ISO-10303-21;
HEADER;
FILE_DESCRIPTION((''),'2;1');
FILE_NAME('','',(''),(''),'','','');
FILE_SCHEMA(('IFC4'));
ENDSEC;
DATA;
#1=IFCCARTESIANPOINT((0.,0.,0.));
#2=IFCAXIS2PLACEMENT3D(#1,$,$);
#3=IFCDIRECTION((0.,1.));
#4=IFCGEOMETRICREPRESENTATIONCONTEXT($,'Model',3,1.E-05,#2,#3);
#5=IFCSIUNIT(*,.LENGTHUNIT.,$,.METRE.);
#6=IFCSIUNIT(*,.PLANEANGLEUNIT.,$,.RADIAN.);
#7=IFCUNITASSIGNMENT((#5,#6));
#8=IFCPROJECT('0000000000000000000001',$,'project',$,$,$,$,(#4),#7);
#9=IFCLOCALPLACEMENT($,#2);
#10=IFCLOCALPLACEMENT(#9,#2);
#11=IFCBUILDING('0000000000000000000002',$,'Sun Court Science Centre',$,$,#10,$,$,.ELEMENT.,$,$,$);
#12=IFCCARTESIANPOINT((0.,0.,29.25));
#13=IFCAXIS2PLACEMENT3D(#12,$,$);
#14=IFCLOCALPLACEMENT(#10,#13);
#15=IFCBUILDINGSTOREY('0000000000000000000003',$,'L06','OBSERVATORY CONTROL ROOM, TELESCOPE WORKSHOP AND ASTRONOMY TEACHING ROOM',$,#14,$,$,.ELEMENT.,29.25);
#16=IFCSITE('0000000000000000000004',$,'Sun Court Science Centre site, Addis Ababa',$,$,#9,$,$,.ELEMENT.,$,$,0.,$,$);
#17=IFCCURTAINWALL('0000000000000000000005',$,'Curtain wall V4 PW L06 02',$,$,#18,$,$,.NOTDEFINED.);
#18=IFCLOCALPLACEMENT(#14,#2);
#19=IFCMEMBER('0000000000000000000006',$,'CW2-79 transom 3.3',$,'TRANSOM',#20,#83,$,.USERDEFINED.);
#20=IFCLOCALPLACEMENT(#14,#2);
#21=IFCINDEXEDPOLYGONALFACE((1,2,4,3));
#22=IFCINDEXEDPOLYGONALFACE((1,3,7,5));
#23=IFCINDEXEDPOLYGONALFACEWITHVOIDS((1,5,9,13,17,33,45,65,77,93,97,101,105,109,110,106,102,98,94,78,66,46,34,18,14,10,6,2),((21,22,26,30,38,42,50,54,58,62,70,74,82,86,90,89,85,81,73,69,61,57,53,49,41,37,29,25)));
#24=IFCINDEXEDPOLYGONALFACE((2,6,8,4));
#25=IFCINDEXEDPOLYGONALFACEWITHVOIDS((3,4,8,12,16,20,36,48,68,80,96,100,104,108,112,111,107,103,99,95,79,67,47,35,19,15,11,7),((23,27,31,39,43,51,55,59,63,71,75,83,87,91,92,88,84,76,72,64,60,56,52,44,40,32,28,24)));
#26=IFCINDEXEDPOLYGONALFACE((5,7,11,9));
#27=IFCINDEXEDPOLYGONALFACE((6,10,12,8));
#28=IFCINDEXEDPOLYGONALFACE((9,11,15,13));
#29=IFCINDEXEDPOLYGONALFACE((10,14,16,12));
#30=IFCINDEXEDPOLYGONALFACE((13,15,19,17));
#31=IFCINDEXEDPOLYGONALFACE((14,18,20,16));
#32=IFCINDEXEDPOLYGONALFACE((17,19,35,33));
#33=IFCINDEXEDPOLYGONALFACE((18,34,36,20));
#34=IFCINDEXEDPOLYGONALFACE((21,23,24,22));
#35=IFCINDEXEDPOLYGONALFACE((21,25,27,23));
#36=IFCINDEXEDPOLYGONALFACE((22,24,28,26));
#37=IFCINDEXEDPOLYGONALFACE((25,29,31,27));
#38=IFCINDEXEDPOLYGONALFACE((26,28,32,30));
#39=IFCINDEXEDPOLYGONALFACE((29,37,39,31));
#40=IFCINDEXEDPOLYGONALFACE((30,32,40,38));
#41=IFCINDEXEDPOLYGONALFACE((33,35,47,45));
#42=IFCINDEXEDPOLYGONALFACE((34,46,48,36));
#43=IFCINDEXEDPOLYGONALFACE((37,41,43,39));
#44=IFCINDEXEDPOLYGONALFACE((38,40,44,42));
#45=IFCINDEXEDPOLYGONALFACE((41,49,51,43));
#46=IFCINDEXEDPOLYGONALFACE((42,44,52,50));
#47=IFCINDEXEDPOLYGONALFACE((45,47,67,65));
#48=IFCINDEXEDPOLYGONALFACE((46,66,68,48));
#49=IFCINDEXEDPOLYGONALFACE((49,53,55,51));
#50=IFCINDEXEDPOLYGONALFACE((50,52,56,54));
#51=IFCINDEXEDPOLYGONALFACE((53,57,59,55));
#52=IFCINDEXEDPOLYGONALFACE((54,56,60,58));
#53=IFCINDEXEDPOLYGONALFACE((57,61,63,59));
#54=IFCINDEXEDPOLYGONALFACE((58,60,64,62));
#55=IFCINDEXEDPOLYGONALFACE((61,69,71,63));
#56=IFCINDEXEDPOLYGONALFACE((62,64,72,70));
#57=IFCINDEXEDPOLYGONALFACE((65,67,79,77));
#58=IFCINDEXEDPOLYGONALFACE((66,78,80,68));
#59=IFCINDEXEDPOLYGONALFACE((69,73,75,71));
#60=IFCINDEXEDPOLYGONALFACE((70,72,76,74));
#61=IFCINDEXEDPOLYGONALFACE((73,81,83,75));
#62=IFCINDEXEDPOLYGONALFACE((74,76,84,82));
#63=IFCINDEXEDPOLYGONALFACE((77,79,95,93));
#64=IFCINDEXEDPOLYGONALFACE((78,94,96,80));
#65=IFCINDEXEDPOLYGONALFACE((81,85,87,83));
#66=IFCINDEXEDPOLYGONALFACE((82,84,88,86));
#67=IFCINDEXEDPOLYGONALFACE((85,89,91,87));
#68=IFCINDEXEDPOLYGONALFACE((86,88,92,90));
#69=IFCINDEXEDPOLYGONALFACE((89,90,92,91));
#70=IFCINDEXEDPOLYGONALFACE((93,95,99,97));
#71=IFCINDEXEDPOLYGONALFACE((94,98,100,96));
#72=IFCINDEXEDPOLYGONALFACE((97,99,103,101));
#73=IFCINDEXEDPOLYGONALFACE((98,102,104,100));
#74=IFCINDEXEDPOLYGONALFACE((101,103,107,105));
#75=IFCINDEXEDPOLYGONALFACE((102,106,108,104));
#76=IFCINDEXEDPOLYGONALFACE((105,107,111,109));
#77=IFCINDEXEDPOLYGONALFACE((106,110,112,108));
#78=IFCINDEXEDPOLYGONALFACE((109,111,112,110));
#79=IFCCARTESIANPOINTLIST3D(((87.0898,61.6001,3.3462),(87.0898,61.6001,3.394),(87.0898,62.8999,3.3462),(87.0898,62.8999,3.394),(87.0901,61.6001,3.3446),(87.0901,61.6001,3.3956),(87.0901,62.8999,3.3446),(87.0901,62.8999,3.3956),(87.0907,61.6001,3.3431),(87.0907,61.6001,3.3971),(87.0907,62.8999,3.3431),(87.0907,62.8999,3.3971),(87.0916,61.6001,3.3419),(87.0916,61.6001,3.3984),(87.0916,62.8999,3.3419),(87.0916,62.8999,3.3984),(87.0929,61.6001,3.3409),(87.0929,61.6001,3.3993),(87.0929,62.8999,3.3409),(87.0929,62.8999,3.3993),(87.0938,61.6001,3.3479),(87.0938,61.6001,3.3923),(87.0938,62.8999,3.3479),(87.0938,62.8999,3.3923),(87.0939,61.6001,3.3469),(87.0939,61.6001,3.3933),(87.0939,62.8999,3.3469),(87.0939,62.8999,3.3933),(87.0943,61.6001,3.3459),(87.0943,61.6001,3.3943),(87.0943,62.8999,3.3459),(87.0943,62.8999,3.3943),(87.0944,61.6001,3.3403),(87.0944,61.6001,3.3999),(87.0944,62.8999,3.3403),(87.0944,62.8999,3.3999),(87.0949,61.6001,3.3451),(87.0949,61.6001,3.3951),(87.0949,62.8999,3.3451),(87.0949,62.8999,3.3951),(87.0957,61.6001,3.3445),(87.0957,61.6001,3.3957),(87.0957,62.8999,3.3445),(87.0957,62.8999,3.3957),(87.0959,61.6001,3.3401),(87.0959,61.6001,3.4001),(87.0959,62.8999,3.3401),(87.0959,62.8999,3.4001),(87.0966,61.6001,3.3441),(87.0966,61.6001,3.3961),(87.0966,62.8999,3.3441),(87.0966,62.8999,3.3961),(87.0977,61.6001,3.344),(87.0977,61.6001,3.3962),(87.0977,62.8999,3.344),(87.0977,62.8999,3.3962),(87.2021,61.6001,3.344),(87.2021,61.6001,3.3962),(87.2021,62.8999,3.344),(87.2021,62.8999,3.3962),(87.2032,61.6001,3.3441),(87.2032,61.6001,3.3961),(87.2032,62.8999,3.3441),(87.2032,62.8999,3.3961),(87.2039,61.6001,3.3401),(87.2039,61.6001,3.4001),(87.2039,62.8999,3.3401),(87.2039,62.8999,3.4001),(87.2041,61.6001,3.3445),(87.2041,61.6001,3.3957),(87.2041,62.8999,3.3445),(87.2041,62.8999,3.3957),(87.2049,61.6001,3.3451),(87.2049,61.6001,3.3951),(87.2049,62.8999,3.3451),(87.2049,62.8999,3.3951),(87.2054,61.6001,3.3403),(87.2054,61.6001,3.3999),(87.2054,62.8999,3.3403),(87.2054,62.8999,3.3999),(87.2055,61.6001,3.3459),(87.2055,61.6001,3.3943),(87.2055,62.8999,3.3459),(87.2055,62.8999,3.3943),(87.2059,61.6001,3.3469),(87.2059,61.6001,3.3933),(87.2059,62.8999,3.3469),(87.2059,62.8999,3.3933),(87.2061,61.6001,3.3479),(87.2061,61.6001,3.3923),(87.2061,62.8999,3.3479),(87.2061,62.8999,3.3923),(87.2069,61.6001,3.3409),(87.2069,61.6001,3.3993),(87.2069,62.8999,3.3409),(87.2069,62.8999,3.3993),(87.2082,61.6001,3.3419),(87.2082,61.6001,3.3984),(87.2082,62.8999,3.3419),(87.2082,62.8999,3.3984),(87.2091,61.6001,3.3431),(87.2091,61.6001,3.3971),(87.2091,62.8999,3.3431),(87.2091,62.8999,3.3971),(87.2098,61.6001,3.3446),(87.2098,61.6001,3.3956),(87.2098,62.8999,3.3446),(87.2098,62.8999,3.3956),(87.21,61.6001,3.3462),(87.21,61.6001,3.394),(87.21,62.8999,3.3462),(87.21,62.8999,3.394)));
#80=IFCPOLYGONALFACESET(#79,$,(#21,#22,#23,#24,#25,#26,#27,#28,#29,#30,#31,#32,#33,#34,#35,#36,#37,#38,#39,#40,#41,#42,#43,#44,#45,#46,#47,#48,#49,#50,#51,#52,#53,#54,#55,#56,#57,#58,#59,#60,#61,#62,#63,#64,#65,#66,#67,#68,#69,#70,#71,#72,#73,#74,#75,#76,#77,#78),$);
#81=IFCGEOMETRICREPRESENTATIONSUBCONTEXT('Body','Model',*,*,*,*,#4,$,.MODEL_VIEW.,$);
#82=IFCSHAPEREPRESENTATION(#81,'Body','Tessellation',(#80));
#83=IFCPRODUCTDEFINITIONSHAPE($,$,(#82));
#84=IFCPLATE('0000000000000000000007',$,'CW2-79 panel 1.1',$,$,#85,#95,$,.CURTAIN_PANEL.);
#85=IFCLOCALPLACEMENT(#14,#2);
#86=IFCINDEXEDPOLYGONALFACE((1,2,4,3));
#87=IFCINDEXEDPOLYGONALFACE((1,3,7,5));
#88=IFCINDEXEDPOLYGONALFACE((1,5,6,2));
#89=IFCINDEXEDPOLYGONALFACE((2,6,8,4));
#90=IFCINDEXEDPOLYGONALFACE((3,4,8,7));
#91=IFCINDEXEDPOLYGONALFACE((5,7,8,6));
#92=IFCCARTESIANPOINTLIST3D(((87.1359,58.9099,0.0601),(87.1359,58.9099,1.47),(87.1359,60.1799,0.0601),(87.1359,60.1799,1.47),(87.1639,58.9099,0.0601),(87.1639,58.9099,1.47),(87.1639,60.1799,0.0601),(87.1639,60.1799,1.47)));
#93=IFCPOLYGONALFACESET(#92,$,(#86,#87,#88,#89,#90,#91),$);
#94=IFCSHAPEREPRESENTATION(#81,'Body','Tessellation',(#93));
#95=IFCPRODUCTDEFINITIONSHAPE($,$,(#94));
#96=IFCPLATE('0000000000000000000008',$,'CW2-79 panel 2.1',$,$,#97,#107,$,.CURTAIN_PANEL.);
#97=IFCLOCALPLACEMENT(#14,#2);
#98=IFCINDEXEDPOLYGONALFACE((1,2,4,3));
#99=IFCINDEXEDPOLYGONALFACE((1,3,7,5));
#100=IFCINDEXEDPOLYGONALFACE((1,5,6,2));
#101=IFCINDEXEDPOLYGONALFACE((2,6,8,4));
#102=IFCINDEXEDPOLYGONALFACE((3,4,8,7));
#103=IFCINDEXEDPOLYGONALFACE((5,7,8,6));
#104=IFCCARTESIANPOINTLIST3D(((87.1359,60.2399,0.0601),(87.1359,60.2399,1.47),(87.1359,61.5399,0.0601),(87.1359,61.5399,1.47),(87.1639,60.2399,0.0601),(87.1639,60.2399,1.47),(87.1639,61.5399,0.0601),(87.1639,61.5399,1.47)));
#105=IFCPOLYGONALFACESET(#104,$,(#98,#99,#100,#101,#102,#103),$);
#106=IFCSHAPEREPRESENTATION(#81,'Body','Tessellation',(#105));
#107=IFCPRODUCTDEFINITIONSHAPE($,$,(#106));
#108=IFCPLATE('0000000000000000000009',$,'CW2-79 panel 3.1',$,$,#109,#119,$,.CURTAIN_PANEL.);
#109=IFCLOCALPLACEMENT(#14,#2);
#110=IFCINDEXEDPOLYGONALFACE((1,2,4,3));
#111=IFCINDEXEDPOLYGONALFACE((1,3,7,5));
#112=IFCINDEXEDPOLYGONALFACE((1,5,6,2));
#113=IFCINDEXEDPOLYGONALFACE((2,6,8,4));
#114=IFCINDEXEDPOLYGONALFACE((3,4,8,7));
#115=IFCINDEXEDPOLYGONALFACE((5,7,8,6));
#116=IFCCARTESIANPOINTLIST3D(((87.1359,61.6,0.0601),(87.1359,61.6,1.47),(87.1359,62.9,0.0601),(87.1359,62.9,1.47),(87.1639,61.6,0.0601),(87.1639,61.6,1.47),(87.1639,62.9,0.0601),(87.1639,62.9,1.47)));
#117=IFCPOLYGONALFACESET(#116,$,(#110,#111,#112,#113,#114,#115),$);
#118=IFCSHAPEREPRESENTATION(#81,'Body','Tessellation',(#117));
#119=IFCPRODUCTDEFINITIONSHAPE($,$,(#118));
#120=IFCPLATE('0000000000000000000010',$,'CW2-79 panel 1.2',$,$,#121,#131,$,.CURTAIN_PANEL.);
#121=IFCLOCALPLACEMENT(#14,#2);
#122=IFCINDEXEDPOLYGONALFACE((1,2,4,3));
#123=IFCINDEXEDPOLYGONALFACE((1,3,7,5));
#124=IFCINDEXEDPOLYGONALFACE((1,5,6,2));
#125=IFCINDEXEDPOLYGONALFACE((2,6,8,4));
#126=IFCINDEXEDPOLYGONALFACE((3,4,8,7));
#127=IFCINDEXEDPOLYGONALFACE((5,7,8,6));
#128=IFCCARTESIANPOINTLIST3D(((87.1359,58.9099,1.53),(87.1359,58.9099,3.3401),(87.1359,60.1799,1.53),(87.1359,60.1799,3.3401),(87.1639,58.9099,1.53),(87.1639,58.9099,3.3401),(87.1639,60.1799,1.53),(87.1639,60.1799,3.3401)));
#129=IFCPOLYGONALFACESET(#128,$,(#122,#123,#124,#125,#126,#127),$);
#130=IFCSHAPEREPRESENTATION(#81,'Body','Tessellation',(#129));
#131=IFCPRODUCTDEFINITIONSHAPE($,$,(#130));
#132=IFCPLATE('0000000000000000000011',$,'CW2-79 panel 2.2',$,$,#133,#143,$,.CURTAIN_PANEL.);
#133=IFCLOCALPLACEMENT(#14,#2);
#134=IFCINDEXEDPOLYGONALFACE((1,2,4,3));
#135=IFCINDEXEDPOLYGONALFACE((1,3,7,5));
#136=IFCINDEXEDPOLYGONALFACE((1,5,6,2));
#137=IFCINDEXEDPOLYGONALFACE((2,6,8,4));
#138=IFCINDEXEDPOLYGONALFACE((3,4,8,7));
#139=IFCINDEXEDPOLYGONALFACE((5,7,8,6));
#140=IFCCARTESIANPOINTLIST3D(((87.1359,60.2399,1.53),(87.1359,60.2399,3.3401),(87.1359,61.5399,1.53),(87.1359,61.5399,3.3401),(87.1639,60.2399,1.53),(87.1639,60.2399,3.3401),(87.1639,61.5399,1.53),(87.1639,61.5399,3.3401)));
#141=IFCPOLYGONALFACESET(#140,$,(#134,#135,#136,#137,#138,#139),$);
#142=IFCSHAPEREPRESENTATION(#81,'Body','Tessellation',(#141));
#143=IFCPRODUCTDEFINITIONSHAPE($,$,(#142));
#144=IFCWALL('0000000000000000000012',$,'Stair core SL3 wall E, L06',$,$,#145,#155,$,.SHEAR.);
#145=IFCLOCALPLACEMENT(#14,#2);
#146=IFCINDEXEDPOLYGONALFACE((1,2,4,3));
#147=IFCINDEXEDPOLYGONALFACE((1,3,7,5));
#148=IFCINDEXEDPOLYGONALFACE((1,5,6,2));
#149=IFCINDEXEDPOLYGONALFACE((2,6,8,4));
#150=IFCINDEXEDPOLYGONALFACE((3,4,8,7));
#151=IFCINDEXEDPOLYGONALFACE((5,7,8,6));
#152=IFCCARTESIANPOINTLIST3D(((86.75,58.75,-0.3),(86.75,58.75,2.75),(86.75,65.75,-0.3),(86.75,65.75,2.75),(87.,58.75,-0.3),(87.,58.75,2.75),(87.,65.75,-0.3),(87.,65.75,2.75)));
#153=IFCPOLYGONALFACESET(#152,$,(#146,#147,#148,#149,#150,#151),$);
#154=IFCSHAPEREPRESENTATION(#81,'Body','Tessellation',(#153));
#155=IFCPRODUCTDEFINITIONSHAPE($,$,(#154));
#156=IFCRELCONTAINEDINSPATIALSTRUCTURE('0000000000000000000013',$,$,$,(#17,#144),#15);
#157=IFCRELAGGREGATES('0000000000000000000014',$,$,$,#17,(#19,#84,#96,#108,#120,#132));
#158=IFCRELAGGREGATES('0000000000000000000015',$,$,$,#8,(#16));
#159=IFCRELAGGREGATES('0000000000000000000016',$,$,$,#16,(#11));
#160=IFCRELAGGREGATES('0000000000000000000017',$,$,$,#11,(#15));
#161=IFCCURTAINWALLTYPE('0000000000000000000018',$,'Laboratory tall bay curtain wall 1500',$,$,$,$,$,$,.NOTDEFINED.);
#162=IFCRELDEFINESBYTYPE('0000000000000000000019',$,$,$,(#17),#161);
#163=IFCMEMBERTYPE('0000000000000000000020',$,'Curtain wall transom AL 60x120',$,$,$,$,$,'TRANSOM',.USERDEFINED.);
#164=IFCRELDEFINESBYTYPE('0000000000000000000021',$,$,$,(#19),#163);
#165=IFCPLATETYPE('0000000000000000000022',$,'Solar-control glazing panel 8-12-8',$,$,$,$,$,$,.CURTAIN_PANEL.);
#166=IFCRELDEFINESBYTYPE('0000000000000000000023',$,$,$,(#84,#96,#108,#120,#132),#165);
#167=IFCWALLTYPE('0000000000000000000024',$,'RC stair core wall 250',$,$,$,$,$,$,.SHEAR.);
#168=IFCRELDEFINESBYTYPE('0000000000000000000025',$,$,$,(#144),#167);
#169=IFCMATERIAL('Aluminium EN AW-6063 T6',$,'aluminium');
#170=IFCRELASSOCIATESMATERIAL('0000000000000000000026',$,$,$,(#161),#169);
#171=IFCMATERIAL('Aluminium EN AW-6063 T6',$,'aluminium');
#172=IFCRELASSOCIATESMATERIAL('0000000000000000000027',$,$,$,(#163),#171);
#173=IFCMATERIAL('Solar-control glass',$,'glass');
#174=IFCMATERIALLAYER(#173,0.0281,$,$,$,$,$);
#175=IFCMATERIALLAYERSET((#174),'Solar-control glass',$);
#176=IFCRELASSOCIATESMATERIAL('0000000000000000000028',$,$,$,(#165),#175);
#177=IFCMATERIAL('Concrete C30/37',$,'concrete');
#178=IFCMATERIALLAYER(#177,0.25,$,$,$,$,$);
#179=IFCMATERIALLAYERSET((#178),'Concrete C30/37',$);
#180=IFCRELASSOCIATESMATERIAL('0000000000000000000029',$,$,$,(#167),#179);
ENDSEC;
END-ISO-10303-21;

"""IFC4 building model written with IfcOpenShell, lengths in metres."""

from ifc_helpers import new_model, si_unit, direction, frame, frame_2d, origin, origin_2d, place, context, subcontext, project, spatial, rectangle, hollow_rectangle, extrude, material, layer, layer_set, material_profile, profile_set, type_object, element, aggregate, save


model = new_model("IFC4")

# Units and contexts
model_context = context("Model", 3, precision=1e-05, world=origin(), true_north=direction((0.0, 1.0)))
body_context = subcontext(model_context, "Body", "Model", "MODEL_VIEW")
ifc_project = project(units=[si_unit("LENGTHUNIT", "METRE"), si_unit("PLANEANGLEUNIT", "RADIAN")], contexts=[model_context])

# Site, building, storey
site_placement = place(None, origin())
site = spatial("IfcSite", under=ifc_project, at=site_placement, Name="Sun Court Science Centre site, Addis Ababa", CompositionType="ELEMENT", RefElevation=0.0)
building_placement = place(site_placement, origin())
building = spatial("IfcBuilding", under=site, at=building_placement, Name="Sun Court Science Centre", CompositionType="ELEMENT")
storey_placement = place(building_placement, frame((0.0, 0.0, 29.25)))
storey = spatial("IfcBuildingStorey", under=building, at=storey_placement, Name="L06", Description="OBSERVATORY CONTROL ROOM, TELESCOPE WORKSHOP AND ASTRONOMY TEACHING ROOM", CompositionType="ELEMENT", Elevation=29.25)

# Curtain wall, member, plates
ifc_material_1 = material(Name="Aluminium EN AW-6063 T6", Category="aluminium")
curtain_wall_type = type_object("IfcCurtainWallType", Name="Laboratory tall bay curtain wall 1500", PredefinedType="NOTDEFINED", material=ifc_material_1)
curtain_wall_placement = place(storey_placement, origin())
curtain_wall = element("IfcCurtainWall", 1, at=curtain_wall_placement, inside=storey, type_object=curtain_wall_type, Name="Curtain wall V4 PW L06 02", PredefinedType="NOTDEFINED")
ifc_material_2 = material(Name="Aluminium EN AW-6063 T6", Category="aluminium")
ifc_material_profile_1 = material_profile(ifc_material_2, hollow_rectangle(XDim=0.0601, YDim=0.1201, WallThickness=0.0039, InnerFilletRadius=0.0039, OuterFilletRadius=0.0061, at=origin_2d()), Name="AL 60x120x4")
ifc_profile_set_1 = profile_set([ifc_material_profile_1], Name="Aluminium EN AW-6063 T6")
member_type_1 = type_object("IfcMemberType", Name="Curtain wall transom AL 60x120", ElementType="TRANSOM", PredefinedType="USERDEFINED", material=ifc_profile_set_1)
member_1_placement = place(storey_placement, frame((87.1499, 61.6001, 3.3701), z_axis=(0.0, 1.0, 0.0), x_axis=(0.0, 0.0, 1.0)))
member_1 = element("IfcMember", 2, at=member_1_placement, type_object=member_type_1, Name="CW2-79 transom 3.3", ObjectType="TRANSOM", PredefinedType="USERDEFINED", context=body_context, shape_type="SweptSolid", body=[
    extrude(hollow_rectangle(XDim=0.0601, YDim=0.1201, WallThickness=0.0039, InnerFilletRadius=0.0039, OuterFilletRadius=0.0061, at=origin_2d()), origin(), (0.0, 0.0, 1.0), 1.2998),
])
ifc_material_3 = material(Name="Solar-control glass", Category="glass")
ifc_layer_1 = layer(ifc_material_3, 0.0281)
ifc_layer_set_1 = layer_set([ifc_layer_1], Name="Solar-control glass")
plate_type = type_object("IfcPlateType", Name="Solar-control glazing panel 8-12-8", PredefinedType="CURTAIN_PANEL", material=ifc_layer_set_1)
plate_1_placement = place(storey_placement, frame((87.1499, 59.5449, 0.0601), z_axis=(0.0, 0.0, 1.0), x_axis=(0.0, 1.0, 0.0)))
plate_1 = element("IfcPlate", 3, at=plate_1_placement, type_object=plate_type, Name="CW2-79 panel 1.1", PredefinedType="CURTAIN_PANEL", context=body_context, shape_type="SweptSolid", body=[
    extrude(rectangle(XDim=1.27, YDim=0.0281, at=origin_2d()), origin(), (0.0, 0.0, 1.0), 1.4099),
])
plate_2_placement = place(storey_placement, frame((87.1499, 60.8899, 0.0601), z_axis=(0.0, 0.0, 1.0), x_axis=(0.0, 1.0, 0.0)))
plate_2 = element("IfcPlate", 4, at=plate_2_placement, type_object=plate_type, Name="CW2-79 panel 2.1", PredefinedType="CURTAIN_PANEL", context=body_context, shape_type="SweptSolid", body=[
    extrude(rectangle(XDim=1.3, YDim=0.0281, at=origin_2d()), origin(), (0.0, 0.0, 1.0), 1.4099),
])
plate_3_placement = place(storey_placement, frame((87.1499, 62.25, 0.0601), z_axis=(0.0, 0.0, 1.0), x_axis=(0.0, 1.0, 0.0)))
plate_3 = element("IfcPlate", 5, at=plate_3_placement, type_object=plate_type, Name="CW2-79 panel 3.1", PredefinedType="CURTAIN_PANEL", context=body_context, shape_type="SweptSolid", body=[
    extrude(rectangle(XDim=1.3, YDim=0.0281, at=origin_2d()), origin(), (0.0, 0.0, 1.0), 1.4099),
])
plate_4_placement = place(storey_placement, frame((87.1499, 59.5449, 1.53), z_axis=(0.0, 0.0, 1.0), x_axis=(0.0, 1.0, 0.0)))
plate_4 = element("IfcPlate", 6, at=plate_4_placement, type_object=plate_type, Name="CW2-79 panel 1.2", PredefinedType="CURTAIN_PANEL", context=body_context, shape_type="SweptSolid", body=[
    extrude(rectangle(XDim=1.27, YDim=0.0281, at=origin_2d()), origin(), (0.0, 0.0, 1.0), 1.8101),
])
plate_5_placement = place(storey_placement, frame((87.1499, 60.8899, 1.53), z_axis=(0.0, 0.0, 1.0), x_axis=(0.0, 1.0, 0.0)))
plate_5 = element("IfcPlate", 7, at=plate_5_placement, type_object=plate_type, Name="CW2-79 panel 2.2", PredefinedType="CURTAIN_PANEL", context=body_context, shape_type="SweptSolid", body=[
    extrude(rectangle(XDim=1.3, YDim=0.0281, at=origin_2d()), origin(), (0.0, 0.0, 1.0), 1.8101),
])
aggregate(curtain_wall, [member_1, plate_1, plate_2, plate_3, plate_4, plate_5])

# Wall
ifc_material_4 = material(Name="Concrete C30/37", Category="concrete")
ifc_layer_2 = layer(ifc_material_4, 0.25)
ifc_layer_set_2 = layer_set([ifc_layer_2], Name="Concrete C30/37")
wall_type = type_object("IfcWallType", Name="RC stair core wall 250", PredefinedType="SHEAR", material=ifc_layer_set_2)
wall_placement = place(storey_placement, frame((86.875, 58.75, -0.3), z_axis=(0.0, 0.0, 1.0), x_axis=(0.0, 1.0, 0.0)))
element("IfcWall", 8, at=wall_placement, inside=storey, type_object=wall_type, Name="Stair core SL3 wall E, L06", PredefinedType="SHEAR", context=body_context, shape_type="SweptSolid", body=[
    extrude(rectangle(XDim=7.0, YDim=0.25, at=frame_2d((3.5, 0.0))), origin(), (0.0, 0.0, 1.0), 3.05),
])

save(model, "model.ifc")
